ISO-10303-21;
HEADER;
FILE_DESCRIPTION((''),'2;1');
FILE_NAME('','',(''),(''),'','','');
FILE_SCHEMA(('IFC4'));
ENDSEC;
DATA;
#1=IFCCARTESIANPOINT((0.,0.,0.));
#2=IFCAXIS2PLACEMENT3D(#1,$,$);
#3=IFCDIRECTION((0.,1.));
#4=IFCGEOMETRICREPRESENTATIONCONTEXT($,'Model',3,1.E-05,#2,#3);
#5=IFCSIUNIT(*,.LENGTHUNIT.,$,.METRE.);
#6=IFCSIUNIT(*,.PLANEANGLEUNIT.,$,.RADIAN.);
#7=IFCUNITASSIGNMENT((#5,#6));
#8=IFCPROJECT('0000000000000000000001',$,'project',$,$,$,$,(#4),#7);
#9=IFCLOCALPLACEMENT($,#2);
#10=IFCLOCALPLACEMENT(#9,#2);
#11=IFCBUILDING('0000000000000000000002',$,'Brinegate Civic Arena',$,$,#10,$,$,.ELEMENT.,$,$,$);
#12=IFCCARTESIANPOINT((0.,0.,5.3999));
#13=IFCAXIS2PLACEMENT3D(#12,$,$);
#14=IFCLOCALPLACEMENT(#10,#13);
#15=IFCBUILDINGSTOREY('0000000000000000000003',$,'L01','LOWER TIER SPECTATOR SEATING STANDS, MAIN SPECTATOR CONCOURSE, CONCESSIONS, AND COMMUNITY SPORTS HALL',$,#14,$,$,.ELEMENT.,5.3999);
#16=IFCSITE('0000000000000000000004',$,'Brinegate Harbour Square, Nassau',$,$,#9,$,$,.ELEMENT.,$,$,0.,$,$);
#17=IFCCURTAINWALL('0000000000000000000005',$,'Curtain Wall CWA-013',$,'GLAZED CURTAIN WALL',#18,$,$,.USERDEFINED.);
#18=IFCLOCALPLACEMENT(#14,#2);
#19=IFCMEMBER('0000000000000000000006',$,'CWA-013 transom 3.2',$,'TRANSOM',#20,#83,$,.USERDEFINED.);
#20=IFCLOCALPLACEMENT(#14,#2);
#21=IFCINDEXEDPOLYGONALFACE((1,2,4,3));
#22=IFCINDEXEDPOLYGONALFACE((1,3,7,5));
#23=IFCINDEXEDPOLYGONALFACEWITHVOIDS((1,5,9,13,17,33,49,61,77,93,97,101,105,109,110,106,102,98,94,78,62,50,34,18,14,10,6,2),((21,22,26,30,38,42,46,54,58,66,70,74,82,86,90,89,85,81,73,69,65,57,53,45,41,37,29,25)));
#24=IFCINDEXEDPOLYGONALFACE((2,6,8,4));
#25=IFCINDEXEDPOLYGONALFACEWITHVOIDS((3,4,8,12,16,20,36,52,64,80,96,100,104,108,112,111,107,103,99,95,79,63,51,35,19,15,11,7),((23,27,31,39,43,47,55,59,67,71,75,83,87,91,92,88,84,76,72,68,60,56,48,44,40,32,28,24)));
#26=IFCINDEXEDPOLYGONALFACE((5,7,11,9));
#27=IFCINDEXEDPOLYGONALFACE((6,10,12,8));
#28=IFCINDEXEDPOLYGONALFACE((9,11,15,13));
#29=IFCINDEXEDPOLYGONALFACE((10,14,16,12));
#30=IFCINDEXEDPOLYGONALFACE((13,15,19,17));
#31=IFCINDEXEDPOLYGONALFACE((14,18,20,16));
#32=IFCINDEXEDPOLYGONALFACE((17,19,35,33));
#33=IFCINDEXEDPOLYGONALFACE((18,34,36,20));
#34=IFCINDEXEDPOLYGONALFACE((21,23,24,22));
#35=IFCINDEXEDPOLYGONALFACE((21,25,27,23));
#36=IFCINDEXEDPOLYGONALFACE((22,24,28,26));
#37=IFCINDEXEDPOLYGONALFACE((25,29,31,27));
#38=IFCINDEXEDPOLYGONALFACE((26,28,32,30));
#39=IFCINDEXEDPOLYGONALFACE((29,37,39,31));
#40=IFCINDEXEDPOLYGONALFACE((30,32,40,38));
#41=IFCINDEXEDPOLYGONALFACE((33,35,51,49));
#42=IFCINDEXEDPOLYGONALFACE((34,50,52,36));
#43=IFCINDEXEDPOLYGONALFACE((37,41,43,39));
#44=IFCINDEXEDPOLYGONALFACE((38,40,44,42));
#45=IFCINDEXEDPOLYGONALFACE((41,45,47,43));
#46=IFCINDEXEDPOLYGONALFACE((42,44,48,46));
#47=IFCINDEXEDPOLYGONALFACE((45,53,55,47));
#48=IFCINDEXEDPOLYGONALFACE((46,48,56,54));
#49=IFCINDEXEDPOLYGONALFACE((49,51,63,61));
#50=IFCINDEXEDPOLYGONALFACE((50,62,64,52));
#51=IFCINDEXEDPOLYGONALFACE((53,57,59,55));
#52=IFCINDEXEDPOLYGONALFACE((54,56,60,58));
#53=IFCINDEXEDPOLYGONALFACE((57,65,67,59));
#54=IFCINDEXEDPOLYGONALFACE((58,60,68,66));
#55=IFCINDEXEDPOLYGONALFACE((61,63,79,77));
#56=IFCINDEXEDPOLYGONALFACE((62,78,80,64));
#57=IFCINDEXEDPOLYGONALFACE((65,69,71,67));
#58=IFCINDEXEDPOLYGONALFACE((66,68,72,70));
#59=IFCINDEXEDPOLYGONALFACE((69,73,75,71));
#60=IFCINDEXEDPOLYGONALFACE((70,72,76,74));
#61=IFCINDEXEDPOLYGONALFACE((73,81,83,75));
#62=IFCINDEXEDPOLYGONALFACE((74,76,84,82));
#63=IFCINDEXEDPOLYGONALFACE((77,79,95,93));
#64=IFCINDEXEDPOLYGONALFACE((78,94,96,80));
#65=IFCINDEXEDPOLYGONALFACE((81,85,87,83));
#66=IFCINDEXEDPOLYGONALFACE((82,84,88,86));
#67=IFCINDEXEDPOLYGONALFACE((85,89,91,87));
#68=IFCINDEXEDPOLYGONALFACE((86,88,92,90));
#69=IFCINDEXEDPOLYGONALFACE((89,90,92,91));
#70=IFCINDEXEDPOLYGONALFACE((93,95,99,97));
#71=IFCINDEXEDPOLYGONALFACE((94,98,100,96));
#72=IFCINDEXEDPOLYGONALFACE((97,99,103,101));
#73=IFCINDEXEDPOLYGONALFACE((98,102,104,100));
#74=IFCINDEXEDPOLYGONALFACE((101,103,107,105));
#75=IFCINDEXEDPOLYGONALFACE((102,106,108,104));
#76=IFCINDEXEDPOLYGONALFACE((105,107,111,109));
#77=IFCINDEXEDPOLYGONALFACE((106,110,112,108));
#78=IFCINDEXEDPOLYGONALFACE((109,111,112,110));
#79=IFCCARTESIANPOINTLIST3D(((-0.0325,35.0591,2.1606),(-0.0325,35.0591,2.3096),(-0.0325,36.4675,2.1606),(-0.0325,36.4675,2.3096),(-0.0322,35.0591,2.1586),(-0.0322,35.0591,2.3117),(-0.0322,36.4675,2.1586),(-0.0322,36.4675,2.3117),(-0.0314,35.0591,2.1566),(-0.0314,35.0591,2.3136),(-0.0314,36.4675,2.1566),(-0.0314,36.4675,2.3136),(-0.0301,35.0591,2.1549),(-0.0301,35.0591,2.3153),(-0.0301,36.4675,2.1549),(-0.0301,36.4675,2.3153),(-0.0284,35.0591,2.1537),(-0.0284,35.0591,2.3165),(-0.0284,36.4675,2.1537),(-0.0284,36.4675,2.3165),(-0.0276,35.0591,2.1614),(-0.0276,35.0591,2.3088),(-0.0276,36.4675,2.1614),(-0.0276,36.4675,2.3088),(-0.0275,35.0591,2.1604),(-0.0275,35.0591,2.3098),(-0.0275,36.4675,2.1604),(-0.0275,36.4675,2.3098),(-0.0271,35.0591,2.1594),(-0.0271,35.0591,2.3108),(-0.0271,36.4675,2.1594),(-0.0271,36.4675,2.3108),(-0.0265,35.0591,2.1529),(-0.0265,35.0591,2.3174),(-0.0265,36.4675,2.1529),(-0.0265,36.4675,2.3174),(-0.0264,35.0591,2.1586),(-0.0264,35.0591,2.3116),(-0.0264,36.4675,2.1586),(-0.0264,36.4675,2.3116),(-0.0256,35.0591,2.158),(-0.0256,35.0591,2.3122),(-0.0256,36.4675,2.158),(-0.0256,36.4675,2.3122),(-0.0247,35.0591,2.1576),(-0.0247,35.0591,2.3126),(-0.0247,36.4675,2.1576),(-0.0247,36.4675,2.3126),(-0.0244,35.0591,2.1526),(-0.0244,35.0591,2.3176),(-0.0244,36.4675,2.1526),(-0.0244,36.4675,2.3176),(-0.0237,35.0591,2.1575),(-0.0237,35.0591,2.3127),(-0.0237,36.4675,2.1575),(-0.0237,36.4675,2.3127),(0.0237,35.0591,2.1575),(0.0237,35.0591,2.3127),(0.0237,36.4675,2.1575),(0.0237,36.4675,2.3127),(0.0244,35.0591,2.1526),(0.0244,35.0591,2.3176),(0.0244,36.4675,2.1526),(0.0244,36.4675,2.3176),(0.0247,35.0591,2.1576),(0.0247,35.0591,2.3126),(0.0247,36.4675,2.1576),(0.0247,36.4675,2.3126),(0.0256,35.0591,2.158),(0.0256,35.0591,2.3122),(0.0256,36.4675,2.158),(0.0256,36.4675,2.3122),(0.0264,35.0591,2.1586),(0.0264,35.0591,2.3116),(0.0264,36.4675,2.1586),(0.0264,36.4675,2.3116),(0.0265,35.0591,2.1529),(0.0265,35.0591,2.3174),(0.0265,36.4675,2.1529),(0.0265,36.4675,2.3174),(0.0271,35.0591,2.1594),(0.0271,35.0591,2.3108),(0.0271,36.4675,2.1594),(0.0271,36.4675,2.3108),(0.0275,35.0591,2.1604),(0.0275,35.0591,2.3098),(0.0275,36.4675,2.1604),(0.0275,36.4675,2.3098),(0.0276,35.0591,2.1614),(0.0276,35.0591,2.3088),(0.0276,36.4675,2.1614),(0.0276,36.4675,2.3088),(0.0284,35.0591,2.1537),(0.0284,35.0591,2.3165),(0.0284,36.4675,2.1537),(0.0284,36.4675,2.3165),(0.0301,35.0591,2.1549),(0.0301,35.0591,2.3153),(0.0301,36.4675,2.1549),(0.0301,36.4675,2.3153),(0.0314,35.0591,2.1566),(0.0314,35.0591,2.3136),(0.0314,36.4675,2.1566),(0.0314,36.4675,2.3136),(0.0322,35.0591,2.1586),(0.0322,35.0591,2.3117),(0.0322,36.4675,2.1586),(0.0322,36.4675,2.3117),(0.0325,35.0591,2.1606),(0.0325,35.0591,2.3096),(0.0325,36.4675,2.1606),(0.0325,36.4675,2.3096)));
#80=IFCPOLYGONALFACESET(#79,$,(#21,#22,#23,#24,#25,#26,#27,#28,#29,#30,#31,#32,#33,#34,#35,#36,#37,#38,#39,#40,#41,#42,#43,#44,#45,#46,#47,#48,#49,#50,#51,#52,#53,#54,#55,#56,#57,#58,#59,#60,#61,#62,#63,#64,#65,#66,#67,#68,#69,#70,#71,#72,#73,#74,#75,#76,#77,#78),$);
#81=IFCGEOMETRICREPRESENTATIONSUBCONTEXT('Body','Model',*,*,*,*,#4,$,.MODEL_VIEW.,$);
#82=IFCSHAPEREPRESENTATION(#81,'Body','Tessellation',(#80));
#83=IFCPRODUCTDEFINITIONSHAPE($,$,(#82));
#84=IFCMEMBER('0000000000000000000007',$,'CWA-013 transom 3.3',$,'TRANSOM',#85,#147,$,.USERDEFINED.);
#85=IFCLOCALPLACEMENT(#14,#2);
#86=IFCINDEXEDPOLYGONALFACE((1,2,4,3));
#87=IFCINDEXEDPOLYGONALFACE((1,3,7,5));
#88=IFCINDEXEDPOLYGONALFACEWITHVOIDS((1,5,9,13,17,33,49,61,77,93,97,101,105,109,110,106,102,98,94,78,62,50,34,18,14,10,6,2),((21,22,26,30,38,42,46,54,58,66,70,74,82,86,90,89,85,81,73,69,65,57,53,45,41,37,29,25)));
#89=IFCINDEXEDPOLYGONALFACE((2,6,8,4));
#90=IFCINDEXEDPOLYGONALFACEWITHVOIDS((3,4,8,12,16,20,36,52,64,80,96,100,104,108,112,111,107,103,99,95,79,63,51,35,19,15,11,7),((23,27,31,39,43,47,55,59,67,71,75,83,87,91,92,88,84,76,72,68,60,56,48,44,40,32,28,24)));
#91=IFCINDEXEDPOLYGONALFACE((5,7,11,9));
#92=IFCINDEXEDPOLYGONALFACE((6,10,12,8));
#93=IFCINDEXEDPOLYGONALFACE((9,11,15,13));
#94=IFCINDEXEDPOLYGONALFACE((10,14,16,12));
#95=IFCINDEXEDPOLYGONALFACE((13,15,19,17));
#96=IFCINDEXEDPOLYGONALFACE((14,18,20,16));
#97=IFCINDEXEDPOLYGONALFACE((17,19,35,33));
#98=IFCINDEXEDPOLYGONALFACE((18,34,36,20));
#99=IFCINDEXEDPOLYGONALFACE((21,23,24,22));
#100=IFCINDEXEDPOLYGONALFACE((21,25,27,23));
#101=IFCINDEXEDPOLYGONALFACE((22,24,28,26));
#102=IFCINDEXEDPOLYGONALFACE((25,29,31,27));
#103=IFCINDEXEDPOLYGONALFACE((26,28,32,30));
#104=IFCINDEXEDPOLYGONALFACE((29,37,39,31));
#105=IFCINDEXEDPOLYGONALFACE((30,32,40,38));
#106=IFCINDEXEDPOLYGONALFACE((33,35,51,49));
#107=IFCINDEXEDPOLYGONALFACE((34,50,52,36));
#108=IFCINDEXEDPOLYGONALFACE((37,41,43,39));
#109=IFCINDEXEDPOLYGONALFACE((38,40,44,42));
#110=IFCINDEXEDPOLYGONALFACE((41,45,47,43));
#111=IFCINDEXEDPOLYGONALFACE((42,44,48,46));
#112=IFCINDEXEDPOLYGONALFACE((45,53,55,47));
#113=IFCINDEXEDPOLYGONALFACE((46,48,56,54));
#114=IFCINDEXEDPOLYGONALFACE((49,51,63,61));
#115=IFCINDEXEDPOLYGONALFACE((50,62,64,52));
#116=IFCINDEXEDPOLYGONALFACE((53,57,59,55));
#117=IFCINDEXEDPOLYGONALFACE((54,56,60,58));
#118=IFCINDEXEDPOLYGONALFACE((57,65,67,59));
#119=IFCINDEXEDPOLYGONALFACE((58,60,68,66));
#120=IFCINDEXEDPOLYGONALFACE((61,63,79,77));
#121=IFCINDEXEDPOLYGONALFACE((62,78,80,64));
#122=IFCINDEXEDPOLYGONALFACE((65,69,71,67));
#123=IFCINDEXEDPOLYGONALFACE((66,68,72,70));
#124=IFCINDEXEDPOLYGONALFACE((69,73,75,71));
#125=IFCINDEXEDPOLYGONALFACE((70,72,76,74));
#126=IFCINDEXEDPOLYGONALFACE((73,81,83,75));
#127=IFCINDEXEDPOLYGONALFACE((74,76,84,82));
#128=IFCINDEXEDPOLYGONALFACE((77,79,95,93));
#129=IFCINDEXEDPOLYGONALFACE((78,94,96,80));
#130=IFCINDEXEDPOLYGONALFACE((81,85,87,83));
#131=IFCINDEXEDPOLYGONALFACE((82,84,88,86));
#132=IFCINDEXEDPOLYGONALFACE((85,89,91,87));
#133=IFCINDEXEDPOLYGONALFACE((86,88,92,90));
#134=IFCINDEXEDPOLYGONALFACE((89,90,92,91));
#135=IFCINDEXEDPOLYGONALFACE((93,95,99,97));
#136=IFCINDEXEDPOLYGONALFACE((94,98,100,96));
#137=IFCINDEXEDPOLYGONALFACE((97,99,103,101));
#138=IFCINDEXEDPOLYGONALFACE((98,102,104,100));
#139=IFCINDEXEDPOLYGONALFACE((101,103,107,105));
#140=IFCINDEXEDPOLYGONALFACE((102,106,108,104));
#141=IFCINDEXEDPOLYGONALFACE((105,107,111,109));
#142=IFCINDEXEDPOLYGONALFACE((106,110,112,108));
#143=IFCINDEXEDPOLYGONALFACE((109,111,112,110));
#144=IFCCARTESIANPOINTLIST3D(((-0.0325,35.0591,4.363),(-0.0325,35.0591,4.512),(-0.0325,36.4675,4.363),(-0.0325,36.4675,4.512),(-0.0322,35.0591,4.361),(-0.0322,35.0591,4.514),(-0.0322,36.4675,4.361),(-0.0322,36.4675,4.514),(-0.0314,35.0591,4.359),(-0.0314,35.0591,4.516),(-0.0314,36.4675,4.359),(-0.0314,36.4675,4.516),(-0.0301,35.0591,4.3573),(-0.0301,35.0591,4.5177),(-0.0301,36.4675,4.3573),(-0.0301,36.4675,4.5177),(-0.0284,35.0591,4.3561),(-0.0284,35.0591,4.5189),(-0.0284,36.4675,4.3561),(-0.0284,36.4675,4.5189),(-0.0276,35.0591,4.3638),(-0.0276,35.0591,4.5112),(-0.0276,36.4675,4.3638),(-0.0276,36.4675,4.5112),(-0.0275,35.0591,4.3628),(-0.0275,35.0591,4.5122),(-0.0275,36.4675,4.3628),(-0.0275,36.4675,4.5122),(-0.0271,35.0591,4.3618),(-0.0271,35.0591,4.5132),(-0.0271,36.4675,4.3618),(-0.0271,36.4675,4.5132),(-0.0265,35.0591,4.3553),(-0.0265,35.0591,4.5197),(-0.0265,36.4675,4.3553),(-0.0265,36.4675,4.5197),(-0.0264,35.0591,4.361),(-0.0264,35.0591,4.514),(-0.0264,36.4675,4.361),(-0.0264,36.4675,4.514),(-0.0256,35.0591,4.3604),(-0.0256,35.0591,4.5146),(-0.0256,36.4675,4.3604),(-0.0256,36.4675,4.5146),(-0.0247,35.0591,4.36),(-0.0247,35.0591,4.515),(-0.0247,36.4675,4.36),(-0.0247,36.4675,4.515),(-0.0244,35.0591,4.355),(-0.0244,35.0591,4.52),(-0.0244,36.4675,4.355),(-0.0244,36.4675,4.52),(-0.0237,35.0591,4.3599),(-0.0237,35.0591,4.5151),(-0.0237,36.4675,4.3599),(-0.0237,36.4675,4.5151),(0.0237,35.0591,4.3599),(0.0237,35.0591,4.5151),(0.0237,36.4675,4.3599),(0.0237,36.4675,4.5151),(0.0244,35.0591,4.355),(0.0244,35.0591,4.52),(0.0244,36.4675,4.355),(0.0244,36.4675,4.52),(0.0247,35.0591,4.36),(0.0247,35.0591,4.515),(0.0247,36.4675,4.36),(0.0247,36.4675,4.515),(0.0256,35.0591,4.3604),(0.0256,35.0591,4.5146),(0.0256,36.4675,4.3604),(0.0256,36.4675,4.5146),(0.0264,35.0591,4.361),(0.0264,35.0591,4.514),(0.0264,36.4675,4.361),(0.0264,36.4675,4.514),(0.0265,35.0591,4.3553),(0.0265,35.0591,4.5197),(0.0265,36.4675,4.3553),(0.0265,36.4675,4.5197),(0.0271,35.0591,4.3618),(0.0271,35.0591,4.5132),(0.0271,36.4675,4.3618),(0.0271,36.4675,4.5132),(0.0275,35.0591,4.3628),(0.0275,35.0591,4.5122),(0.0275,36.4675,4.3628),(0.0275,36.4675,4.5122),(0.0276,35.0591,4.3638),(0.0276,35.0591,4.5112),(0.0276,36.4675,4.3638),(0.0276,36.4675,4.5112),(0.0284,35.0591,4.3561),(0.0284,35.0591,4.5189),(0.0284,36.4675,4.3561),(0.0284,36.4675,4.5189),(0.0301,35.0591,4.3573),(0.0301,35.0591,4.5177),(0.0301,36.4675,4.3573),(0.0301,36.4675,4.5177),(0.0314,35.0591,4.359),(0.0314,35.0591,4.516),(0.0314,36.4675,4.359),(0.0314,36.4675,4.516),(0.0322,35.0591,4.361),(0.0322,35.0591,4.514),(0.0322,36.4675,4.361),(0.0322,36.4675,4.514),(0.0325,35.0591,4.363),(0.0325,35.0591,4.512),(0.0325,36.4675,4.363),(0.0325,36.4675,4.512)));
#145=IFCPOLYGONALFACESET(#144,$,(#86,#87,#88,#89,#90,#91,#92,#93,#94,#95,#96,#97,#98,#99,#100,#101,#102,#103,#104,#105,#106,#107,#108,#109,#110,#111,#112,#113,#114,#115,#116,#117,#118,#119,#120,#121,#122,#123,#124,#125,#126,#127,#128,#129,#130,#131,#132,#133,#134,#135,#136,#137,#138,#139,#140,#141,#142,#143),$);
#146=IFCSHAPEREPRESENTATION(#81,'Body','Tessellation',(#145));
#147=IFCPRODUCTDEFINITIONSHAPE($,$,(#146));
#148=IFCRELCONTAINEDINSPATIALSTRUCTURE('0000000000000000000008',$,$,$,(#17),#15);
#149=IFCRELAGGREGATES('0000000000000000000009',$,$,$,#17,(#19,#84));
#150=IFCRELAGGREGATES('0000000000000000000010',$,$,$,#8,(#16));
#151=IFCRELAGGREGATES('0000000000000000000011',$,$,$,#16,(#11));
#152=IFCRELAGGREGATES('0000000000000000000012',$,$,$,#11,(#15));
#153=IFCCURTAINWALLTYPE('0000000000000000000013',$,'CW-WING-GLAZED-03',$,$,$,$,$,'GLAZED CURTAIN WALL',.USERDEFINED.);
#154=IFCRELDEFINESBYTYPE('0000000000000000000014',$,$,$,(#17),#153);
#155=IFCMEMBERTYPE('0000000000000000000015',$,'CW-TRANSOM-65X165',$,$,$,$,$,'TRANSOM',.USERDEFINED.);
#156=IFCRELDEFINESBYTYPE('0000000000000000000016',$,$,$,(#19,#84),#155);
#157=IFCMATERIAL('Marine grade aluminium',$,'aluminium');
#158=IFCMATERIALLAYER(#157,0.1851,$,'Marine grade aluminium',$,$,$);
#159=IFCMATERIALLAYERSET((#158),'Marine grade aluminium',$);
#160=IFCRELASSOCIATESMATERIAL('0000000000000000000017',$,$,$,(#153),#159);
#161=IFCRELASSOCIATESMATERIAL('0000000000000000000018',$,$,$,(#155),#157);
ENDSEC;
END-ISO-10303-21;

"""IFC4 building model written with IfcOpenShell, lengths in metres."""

from ifc_helpers import new_model, si_unit, direction, frame, origin, origin_2d, place, context, subcontext, project, spatial, hollow_rectangle, extrude, material, layer, layer_set, material_profile, profile_set, type_object, element, aggregate, save


model = new_model("IFC4")

# Units and contexts
model_context = context("Model", 3, precision=1e-05, world=origin(), true_north=direction((0.0, 1.0)))
body_context = subcontext(model_context, "Body", "Model", "MODEL_VIEW")
ifc_project = project(units=[si_unit("LENGTHUNIT", "METRE"), si_unit("PLANEANGLEUNIT", "RADIAN")], contexts=[model_context])

# Site, building, storey
site_placement = place(None, origin())
site = spatial("IfcSite", under=ifc_project, at=site_placement, Name="Brinegate Harbour Square, Nassau", CompositionType="ELEMENT", RefElevation=0.0)
building_placement = place(site_placement, origin())
building = spatial("IfcBuilding", under=site, at=building_placement, Name="Brinegate Civic Arena", CompositionType="ELEMENT")
storey_placement = place(building_placement, frame((0.0, 0.0, 5.3999)))
storey = spatial("IfcBuildingStorey", under=building, at=storey_placement, Name="L01", Description="LOWER TIER SPECTATOR SEATING STANDS, MAIN SPECTATOR CONCOURSE, CONCESSIONS, AND COMMUNITY SPORTS HALL", CompositionType="ELEMENT", Elevation=5.3999)

# Curtain wall, members
ifc_material_1 = material(Name="Marine grade aluminium", Category="aluminium")
ifc_layer_1 = layer(ifc_material_1, 0.1851, Name="Marine grade aluminium")
ifc_layer_set_1 = layer_set([ifc_layer_1], Name="Marine grade aluminium")
curtain_wall_type = type_object("IfcCurtainWallType", Name="CW-WING-GLAZED-03", ElementType="GLAZED CURTAIN WALL", PredefinedType="USERDEFINED", material=ifc_layer_set_1)
curtain_wall_placement = place(storey_placement, origin())
curtain_wall = element("IfcCurtainWall", 1, at=curtain_wall_placement, inside=storey, type_object=curtain_wall_type, Name="Curtain Wall CWA-013", ObjectType="GLAZED CURTAIN WALL", PredefinedType="USERDEFINED")
ifc_material_profile_1 = material_profile(ifc_material_1, hollow_rectangle(XDim=0.0649, YDim=0.165, WallThickness=0.0049, InnerFilletRadius=0.0039, OuterFilletRadius=0.0081, at=origin_2d()), Name="TRN65X165")
ifc_profile_set_1 = profile_set([ifc_material_profile_1], Name="Marine grade aluminium")
member_type_1 = type_object("IfcMemberType", Name="CW-TRANSOM-65X165", ElementType="TRANSOM", PredefinedType="USERDEFINED", material=ifc_profile_set_1)
member_1_placement = place(storey_placement, frame((0.0, 35.0591, 2.2351), z_axis=(0.0, 1.0, 0.0), x_axis=(-1.0, 0.0, 0.0)))
member_1 = element("IfcMember", 2, at=member_1_placement, type_object=member_type_1, Name="CWA-013 transom 3.2", ObjectType="TRANSOM", PredefinedType="USERDEFINED", context=body_context, shape_type="SweptSolid", body=[
    extrude(hollow_rectangle(XDim=0.0649, YDim=0.165, WallThickness=0.0049, InnerFilletRadius=0.0039, OuterFilletRadius=0.0081, at=origin_2d()), origin(), (0.0, 0.0, 1.0), 1.4084),
])
member_2_placement = place(storey_placement, frame((0.0, 35.0591, 4.4375), z_axis=(0.0, 1.0, 0.0), x_axis=(-1.0, 0.0, 0.0)))
member_2 = element("IfcMember", 3, at=member_2_placement, type_object=member_type_1, Name="CWA-013 transom 3.3", ObjectType="TRANSOM", PredefinedType="USERDEFINED", context=body_context, shape_type="SweptSolid", body=[
    extrude(hollow_rectangle(XDim=0.0649, YDim=0.165, WallThickness=0.0049, InnerFilletRadius=0.0039, OuterFilletRadius=0.0081, at=origin_2d()), origin(), (0.0, 0.0, 1.0), 1.4084),
])
aggregate(curtain_wall, [member_1, member_2])

save(model, "model.ifc")
